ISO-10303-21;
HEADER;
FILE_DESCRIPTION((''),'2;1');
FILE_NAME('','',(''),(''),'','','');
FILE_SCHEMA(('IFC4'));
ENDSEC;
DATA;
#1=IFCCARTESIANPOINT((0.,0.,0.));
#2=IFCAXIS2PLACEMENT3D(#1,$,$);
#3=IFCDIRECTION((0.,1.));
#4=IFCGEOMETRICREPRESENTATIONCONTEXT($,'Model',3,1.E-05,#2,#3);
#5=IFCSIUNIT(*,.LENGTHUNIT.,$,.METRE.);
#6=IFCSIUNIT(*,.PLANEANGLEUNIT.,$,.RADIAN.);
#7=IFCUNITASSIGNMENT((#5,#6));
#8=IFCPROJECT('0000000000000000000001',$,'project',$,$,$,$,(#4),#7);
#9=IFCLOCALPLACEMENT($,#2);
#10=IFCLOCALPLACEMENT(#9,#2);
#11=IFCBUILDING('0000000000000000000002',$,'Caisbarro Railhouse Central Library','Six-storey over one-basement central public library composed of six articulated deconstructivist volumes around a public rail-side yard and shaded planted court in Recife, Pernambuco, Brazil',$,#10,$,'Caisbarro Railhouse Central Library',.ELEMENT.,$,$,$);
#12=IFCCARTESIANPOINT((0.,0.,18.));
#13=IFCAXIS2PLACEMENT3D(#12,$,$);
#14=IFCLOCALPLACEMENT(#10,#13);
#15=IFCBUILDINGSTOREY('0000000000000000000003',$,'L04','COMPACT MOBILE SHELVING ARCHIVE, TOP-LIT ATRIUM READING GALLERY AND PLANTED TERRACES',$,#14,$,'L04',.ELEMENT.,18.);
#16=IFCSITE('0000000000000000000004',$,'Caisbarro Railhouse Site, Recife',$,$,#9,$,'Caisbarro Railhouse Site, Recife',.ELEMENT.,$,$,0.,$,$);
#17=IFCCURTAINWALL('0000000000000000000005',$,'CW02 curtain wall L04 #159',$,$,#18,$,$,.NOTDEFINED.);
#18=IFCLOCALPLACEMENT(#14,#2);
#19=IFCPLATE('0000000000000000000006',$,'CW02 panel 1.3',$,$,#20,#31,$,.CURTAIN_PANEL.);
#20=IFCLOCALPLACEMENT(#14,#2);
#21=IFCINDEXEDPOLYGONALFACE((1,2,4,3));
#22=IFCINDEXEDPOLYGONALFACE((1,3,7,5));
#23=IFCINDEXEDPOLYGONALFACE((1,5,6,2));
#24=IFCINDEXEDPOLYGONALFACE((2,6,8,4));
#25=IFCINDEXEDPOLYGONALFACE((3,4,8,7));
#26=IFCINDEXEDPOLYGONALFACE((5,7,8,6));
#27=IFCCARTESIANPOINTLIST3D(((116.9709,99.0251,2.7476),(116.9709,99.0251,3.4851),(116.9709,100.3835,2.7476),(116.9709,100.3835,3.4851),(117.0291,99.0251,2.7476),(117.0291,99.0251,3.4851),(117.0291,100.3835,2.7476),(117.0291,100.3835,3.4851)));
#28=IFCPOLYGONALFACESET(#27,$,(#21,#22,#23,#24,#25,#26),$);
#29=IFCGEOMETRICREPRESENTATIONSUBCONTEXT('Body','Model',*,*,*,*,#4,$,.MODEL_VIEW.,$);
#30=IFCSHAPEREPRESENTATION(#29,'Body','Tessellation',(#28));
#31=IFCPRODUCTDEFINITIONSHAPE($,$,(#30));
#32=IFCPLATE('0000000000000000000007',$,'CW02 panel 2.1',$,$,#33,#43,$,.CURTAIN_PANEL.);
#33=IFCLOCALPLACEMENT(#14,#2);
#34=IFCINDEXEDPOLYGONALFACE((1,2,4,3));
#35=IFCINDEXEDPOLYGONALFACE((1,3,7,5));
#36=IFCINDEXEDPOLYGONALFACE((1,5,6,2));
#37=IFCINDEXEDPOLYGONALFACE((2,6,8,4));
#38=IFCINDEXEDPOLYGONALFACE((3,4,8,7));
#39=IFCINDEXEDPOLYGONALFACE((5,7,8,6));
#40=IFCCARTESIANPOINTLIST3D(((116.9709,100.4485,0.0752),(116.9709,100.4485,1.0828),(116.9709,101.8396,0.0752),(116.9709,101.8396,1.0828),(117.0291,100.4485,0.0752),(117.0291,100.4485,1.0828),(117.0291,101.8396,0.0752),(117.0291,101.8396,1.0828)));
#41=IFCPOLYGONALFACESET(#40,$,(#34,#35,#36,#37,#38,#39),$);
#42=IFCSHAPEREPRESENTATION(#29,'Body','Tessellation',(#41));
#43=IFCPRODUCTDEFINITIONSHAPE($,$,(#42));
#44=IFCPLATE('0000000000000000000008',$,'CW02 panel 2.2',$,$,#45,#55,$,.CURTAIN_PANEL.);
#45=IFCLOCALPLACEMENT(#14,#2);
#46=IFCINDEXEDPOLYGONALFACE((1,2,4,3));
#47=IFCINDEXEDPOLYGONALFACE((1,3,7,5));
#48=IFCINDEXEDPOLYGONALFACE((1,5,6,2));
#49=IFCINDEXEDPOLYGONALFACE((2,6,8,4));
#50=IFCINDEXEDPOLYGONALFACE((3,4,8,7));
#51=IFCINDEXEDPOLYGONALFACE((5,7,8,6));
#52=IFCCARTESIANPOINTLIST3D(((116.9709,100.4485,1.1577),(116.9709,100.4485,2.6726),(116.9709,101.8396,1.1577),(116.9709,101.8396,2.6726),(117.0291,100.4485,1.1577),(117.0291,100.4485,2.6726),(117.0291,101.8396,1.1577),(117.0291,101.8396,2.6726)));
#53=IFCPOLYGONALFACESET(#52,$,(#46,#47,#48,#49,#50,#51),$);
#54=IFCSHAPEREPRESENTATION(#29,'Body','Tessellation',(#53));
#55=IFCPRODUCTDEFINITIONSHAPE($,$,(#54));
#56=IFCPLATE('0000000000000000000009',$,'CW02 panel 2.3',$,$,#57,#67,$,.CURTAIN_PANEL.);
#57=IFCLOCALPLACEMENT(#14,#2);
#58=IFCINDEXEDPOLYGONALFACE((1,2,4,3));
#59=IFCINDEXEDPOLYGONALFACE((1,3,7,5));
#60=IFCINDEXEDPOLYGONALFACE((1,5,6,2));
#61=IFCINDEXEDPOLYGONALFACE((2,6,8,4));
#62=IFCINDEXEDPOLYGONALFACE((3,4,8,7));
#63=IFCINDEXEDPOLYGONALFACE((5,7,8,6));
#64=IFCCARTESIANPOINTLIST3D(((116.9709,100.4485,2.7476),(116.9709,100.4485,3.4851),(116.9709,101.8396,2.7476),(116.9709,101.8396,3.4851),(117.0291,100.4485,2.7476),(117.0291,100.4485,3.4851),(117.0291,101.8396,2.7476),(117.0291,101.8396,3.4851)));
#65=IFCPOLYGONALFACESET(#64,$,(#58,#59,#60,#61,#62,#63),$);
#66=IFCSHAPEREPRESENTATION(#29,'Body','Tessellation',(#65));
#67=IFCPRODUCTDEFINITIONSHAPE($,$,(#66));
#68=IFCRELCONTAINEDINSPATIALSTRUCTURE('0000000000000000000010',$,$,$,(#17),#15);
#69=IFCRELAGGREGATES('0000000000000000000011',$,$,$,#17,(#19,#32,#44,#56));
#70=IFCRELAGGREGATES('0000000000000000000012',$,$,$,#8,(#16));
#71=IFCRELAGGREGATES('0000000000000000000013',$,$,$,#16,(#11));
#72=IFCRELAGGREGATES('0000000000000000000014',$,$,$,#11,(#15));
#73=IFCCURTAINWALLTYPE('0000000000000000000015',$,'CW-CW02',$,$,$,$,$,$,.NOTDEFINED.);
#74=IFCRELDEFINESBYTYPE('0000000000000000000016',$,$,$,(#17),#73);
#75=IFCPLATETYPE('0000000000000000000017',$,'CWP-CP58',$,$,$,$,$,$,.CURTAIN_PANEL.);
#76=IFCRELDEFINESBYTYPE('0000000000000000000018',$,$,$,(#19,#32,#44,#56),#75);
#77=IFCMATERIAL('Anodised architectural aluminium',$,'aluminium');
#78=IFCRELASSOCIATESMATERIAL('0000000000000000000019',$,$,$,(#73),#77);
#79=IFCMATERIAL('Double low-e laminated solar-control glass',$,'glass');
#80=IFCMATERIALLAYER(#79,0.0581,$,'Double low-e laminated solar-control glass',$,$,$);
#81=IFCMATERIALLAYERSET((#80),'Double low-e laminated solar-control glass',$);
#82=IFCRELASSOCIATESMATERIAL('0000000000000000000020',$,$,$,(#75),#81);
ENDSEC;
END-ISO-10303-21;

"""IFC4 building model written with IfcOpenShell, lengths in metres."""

from ifc_helpers import new_model, si_unit, direction, frame, origin, origin_2d, place, context, subcontext, project, spatial, rectangle, extrude, material, layer, layer_set, type_object, element, aggregate, save


model = new_model("IFC4")

# Units and contexts
model_context = context("Model", 3, precision=1e-05, world=origin(), true_north=direction((0.0, 1.0)))
body_context = subcontext(model_context, "Body", "Model", "MODEL_VIEW")
ifc_project = project(units=[si_unit("LENGTHUNIT", "METRE"), si_unit("PLANEANGLEUNIT", "RADIAN")], contexts=[model_context])

# Site, building, storey
site_placement = place(None, origin())
site = spatial("IfcSite", under=ifc_project, at=site_placement, Name="Caisbarro Railhouse Site, Recife", LongName="Caisbarro Railhouse Site, Recife", CompositionType="ELEMENT", RefElevation=0.0)
building_placement = place(site_placement, origin())
building = spatial("IfcBuilding", under=site, at=building_placement, Name="Caisbarro Railhouse Central Library", Description="Six-storey over one-basement central public library composed of six articulated deconstructivist volumes around a public rail-side yard and shaded planted court in Recife, Pernambuco, Brazil", LongName="Caisbarro Railhouse Central Library", CompositionType="ELEMENT")
storey_placement = place(building_placement, frame((0.0, 0.0, 18.0)))
storey = spatial("IfcBuildingStorey", under=building, at=storey_placement, Name="L04", Description="COMPACT MOBILE SHELVING ARCHIVE, TOP-LIT ATRIUM READING GALLERY AND PLANTED TERRACES", LongName="L04", CompositionType="ELEMENT", Elevation=18.0)

# Curtain wall
ifc_material_1 = material(Name="Anodised architectural aluminium", Category="aluminium")
curtain_wall_type = type_object("IfcCurtainWallType", Name="CW-CW02", PredefinedType="NOTDEFINED", material=ifc_material_1)
curtain_wall_1_placement = place(storey_placement, origin())
curtain_wall_1 = element("IfcCurtainWall", 1, at=curtain_wall_1_placement, inside=storey, type_object=curtain_wall_type, Name="CW02 curtain wall L04 #159", PredefinedType="NOTDEFINED")

# Plates
ifc_material_2 = material(Name="Double low-e laminated solar-control glass", Category="glass")
ifc_layer_1 = layer(ifc_material_2, 0.0581, Name="Double low-e laminated solar-control glass")
ifc_layer_set_1 = layer_set([ifc_layer_1], Name="Double low-e laminated solar-control glass")
plate_type_1 = type_object("IfcPlateType", Name="CWP-CP58", PredefinedType="CURTAIN_PANEL", material=ifc_layer_set_1)
plate_1_placement = place(storey_placement, frame((117.0, 99.7043, 2.7476), z_axis=(0.0, 0.0, 1.0), x_axis=(0.0, 1.0, 0.0)))
plate_1 = element("IfcPlate", 2, at=plate_1_placement, type_object=plate_type_1, Name="CW02 panel 1.3", PredefinedType="CURTAIN_PANEL", context=body_context, shape_type="SweptSolid", body=[
    extrude(rectangle(XDim=1.3584, YDim=0.0581, at=origin_2d()), origin(), (0.0, 0.0, 1.0), 0.7375),
])
plate_2_placement = place(storey_placement, frame((117.0, 101.144, 0.0752), z_axis=(0.0, 0.0, 1.0), x_axis=(0.0, 1.0, 0.0)))
plate_2 = element("IfcPlate", 3, at=plate_2_placement, type_object=plate_type_1, Name="CW02 panel 2.1", PredefinedType="CURTAIN_PANEL", context=body_context, shape_type="SweptSolid", body=[
    extrude(rectangle(XDim=1.3911, YDim=0.0581, at=origin_2d()), origin(), (0.0, 0.0, 1.0), 1.0076),
])
plate_3_placement = place(storey_placement, frame((117.0, 101.144, 1.1577), z_axis=(0.0, 0.0, 1.0), x_axis=(0.0, 1.0, 0.0)))
plate_3 = element("IfcPlate", 4, at=plate_3_placement, type_object=plate_type_1, Name="CW02 panel 2.2", PredefinedType="CURTAIN_PANEL", context=body_context, shape_type="SweptSolid", body=[
    extrude(rectangle(XDim=1.3911, YDim=0.0581, at=origin_2d()), origin(), (0.0, 0.0, 1.0), 1.5149),
])
plate_4_placement = place(storey_placement, frame((117.0, 101.144, 2.7476), z_axis=(0.0, 0.0, 1.0), x_axis=(0.0, 1.0, 0.0)))
plate_4 = element("IfcPlate", 5, at=plate_4_placement, type_object=plate_type_1, Name="CW02 panel 2.3", PredefinedType="CURTAIN_PANEL", context=body_context, shape_type="SweptSolid", body=[
    extrude(rectangle(XDim=1.3911, YDim=0.0581, at=origin_2d()), origin(), (0.0, 0.0, 1.0), 0.7375),
])
aggregate(curtain_wall_1, [plate_1, plate_2, plate_3, plate_4])

save(model, "model.ifc")
